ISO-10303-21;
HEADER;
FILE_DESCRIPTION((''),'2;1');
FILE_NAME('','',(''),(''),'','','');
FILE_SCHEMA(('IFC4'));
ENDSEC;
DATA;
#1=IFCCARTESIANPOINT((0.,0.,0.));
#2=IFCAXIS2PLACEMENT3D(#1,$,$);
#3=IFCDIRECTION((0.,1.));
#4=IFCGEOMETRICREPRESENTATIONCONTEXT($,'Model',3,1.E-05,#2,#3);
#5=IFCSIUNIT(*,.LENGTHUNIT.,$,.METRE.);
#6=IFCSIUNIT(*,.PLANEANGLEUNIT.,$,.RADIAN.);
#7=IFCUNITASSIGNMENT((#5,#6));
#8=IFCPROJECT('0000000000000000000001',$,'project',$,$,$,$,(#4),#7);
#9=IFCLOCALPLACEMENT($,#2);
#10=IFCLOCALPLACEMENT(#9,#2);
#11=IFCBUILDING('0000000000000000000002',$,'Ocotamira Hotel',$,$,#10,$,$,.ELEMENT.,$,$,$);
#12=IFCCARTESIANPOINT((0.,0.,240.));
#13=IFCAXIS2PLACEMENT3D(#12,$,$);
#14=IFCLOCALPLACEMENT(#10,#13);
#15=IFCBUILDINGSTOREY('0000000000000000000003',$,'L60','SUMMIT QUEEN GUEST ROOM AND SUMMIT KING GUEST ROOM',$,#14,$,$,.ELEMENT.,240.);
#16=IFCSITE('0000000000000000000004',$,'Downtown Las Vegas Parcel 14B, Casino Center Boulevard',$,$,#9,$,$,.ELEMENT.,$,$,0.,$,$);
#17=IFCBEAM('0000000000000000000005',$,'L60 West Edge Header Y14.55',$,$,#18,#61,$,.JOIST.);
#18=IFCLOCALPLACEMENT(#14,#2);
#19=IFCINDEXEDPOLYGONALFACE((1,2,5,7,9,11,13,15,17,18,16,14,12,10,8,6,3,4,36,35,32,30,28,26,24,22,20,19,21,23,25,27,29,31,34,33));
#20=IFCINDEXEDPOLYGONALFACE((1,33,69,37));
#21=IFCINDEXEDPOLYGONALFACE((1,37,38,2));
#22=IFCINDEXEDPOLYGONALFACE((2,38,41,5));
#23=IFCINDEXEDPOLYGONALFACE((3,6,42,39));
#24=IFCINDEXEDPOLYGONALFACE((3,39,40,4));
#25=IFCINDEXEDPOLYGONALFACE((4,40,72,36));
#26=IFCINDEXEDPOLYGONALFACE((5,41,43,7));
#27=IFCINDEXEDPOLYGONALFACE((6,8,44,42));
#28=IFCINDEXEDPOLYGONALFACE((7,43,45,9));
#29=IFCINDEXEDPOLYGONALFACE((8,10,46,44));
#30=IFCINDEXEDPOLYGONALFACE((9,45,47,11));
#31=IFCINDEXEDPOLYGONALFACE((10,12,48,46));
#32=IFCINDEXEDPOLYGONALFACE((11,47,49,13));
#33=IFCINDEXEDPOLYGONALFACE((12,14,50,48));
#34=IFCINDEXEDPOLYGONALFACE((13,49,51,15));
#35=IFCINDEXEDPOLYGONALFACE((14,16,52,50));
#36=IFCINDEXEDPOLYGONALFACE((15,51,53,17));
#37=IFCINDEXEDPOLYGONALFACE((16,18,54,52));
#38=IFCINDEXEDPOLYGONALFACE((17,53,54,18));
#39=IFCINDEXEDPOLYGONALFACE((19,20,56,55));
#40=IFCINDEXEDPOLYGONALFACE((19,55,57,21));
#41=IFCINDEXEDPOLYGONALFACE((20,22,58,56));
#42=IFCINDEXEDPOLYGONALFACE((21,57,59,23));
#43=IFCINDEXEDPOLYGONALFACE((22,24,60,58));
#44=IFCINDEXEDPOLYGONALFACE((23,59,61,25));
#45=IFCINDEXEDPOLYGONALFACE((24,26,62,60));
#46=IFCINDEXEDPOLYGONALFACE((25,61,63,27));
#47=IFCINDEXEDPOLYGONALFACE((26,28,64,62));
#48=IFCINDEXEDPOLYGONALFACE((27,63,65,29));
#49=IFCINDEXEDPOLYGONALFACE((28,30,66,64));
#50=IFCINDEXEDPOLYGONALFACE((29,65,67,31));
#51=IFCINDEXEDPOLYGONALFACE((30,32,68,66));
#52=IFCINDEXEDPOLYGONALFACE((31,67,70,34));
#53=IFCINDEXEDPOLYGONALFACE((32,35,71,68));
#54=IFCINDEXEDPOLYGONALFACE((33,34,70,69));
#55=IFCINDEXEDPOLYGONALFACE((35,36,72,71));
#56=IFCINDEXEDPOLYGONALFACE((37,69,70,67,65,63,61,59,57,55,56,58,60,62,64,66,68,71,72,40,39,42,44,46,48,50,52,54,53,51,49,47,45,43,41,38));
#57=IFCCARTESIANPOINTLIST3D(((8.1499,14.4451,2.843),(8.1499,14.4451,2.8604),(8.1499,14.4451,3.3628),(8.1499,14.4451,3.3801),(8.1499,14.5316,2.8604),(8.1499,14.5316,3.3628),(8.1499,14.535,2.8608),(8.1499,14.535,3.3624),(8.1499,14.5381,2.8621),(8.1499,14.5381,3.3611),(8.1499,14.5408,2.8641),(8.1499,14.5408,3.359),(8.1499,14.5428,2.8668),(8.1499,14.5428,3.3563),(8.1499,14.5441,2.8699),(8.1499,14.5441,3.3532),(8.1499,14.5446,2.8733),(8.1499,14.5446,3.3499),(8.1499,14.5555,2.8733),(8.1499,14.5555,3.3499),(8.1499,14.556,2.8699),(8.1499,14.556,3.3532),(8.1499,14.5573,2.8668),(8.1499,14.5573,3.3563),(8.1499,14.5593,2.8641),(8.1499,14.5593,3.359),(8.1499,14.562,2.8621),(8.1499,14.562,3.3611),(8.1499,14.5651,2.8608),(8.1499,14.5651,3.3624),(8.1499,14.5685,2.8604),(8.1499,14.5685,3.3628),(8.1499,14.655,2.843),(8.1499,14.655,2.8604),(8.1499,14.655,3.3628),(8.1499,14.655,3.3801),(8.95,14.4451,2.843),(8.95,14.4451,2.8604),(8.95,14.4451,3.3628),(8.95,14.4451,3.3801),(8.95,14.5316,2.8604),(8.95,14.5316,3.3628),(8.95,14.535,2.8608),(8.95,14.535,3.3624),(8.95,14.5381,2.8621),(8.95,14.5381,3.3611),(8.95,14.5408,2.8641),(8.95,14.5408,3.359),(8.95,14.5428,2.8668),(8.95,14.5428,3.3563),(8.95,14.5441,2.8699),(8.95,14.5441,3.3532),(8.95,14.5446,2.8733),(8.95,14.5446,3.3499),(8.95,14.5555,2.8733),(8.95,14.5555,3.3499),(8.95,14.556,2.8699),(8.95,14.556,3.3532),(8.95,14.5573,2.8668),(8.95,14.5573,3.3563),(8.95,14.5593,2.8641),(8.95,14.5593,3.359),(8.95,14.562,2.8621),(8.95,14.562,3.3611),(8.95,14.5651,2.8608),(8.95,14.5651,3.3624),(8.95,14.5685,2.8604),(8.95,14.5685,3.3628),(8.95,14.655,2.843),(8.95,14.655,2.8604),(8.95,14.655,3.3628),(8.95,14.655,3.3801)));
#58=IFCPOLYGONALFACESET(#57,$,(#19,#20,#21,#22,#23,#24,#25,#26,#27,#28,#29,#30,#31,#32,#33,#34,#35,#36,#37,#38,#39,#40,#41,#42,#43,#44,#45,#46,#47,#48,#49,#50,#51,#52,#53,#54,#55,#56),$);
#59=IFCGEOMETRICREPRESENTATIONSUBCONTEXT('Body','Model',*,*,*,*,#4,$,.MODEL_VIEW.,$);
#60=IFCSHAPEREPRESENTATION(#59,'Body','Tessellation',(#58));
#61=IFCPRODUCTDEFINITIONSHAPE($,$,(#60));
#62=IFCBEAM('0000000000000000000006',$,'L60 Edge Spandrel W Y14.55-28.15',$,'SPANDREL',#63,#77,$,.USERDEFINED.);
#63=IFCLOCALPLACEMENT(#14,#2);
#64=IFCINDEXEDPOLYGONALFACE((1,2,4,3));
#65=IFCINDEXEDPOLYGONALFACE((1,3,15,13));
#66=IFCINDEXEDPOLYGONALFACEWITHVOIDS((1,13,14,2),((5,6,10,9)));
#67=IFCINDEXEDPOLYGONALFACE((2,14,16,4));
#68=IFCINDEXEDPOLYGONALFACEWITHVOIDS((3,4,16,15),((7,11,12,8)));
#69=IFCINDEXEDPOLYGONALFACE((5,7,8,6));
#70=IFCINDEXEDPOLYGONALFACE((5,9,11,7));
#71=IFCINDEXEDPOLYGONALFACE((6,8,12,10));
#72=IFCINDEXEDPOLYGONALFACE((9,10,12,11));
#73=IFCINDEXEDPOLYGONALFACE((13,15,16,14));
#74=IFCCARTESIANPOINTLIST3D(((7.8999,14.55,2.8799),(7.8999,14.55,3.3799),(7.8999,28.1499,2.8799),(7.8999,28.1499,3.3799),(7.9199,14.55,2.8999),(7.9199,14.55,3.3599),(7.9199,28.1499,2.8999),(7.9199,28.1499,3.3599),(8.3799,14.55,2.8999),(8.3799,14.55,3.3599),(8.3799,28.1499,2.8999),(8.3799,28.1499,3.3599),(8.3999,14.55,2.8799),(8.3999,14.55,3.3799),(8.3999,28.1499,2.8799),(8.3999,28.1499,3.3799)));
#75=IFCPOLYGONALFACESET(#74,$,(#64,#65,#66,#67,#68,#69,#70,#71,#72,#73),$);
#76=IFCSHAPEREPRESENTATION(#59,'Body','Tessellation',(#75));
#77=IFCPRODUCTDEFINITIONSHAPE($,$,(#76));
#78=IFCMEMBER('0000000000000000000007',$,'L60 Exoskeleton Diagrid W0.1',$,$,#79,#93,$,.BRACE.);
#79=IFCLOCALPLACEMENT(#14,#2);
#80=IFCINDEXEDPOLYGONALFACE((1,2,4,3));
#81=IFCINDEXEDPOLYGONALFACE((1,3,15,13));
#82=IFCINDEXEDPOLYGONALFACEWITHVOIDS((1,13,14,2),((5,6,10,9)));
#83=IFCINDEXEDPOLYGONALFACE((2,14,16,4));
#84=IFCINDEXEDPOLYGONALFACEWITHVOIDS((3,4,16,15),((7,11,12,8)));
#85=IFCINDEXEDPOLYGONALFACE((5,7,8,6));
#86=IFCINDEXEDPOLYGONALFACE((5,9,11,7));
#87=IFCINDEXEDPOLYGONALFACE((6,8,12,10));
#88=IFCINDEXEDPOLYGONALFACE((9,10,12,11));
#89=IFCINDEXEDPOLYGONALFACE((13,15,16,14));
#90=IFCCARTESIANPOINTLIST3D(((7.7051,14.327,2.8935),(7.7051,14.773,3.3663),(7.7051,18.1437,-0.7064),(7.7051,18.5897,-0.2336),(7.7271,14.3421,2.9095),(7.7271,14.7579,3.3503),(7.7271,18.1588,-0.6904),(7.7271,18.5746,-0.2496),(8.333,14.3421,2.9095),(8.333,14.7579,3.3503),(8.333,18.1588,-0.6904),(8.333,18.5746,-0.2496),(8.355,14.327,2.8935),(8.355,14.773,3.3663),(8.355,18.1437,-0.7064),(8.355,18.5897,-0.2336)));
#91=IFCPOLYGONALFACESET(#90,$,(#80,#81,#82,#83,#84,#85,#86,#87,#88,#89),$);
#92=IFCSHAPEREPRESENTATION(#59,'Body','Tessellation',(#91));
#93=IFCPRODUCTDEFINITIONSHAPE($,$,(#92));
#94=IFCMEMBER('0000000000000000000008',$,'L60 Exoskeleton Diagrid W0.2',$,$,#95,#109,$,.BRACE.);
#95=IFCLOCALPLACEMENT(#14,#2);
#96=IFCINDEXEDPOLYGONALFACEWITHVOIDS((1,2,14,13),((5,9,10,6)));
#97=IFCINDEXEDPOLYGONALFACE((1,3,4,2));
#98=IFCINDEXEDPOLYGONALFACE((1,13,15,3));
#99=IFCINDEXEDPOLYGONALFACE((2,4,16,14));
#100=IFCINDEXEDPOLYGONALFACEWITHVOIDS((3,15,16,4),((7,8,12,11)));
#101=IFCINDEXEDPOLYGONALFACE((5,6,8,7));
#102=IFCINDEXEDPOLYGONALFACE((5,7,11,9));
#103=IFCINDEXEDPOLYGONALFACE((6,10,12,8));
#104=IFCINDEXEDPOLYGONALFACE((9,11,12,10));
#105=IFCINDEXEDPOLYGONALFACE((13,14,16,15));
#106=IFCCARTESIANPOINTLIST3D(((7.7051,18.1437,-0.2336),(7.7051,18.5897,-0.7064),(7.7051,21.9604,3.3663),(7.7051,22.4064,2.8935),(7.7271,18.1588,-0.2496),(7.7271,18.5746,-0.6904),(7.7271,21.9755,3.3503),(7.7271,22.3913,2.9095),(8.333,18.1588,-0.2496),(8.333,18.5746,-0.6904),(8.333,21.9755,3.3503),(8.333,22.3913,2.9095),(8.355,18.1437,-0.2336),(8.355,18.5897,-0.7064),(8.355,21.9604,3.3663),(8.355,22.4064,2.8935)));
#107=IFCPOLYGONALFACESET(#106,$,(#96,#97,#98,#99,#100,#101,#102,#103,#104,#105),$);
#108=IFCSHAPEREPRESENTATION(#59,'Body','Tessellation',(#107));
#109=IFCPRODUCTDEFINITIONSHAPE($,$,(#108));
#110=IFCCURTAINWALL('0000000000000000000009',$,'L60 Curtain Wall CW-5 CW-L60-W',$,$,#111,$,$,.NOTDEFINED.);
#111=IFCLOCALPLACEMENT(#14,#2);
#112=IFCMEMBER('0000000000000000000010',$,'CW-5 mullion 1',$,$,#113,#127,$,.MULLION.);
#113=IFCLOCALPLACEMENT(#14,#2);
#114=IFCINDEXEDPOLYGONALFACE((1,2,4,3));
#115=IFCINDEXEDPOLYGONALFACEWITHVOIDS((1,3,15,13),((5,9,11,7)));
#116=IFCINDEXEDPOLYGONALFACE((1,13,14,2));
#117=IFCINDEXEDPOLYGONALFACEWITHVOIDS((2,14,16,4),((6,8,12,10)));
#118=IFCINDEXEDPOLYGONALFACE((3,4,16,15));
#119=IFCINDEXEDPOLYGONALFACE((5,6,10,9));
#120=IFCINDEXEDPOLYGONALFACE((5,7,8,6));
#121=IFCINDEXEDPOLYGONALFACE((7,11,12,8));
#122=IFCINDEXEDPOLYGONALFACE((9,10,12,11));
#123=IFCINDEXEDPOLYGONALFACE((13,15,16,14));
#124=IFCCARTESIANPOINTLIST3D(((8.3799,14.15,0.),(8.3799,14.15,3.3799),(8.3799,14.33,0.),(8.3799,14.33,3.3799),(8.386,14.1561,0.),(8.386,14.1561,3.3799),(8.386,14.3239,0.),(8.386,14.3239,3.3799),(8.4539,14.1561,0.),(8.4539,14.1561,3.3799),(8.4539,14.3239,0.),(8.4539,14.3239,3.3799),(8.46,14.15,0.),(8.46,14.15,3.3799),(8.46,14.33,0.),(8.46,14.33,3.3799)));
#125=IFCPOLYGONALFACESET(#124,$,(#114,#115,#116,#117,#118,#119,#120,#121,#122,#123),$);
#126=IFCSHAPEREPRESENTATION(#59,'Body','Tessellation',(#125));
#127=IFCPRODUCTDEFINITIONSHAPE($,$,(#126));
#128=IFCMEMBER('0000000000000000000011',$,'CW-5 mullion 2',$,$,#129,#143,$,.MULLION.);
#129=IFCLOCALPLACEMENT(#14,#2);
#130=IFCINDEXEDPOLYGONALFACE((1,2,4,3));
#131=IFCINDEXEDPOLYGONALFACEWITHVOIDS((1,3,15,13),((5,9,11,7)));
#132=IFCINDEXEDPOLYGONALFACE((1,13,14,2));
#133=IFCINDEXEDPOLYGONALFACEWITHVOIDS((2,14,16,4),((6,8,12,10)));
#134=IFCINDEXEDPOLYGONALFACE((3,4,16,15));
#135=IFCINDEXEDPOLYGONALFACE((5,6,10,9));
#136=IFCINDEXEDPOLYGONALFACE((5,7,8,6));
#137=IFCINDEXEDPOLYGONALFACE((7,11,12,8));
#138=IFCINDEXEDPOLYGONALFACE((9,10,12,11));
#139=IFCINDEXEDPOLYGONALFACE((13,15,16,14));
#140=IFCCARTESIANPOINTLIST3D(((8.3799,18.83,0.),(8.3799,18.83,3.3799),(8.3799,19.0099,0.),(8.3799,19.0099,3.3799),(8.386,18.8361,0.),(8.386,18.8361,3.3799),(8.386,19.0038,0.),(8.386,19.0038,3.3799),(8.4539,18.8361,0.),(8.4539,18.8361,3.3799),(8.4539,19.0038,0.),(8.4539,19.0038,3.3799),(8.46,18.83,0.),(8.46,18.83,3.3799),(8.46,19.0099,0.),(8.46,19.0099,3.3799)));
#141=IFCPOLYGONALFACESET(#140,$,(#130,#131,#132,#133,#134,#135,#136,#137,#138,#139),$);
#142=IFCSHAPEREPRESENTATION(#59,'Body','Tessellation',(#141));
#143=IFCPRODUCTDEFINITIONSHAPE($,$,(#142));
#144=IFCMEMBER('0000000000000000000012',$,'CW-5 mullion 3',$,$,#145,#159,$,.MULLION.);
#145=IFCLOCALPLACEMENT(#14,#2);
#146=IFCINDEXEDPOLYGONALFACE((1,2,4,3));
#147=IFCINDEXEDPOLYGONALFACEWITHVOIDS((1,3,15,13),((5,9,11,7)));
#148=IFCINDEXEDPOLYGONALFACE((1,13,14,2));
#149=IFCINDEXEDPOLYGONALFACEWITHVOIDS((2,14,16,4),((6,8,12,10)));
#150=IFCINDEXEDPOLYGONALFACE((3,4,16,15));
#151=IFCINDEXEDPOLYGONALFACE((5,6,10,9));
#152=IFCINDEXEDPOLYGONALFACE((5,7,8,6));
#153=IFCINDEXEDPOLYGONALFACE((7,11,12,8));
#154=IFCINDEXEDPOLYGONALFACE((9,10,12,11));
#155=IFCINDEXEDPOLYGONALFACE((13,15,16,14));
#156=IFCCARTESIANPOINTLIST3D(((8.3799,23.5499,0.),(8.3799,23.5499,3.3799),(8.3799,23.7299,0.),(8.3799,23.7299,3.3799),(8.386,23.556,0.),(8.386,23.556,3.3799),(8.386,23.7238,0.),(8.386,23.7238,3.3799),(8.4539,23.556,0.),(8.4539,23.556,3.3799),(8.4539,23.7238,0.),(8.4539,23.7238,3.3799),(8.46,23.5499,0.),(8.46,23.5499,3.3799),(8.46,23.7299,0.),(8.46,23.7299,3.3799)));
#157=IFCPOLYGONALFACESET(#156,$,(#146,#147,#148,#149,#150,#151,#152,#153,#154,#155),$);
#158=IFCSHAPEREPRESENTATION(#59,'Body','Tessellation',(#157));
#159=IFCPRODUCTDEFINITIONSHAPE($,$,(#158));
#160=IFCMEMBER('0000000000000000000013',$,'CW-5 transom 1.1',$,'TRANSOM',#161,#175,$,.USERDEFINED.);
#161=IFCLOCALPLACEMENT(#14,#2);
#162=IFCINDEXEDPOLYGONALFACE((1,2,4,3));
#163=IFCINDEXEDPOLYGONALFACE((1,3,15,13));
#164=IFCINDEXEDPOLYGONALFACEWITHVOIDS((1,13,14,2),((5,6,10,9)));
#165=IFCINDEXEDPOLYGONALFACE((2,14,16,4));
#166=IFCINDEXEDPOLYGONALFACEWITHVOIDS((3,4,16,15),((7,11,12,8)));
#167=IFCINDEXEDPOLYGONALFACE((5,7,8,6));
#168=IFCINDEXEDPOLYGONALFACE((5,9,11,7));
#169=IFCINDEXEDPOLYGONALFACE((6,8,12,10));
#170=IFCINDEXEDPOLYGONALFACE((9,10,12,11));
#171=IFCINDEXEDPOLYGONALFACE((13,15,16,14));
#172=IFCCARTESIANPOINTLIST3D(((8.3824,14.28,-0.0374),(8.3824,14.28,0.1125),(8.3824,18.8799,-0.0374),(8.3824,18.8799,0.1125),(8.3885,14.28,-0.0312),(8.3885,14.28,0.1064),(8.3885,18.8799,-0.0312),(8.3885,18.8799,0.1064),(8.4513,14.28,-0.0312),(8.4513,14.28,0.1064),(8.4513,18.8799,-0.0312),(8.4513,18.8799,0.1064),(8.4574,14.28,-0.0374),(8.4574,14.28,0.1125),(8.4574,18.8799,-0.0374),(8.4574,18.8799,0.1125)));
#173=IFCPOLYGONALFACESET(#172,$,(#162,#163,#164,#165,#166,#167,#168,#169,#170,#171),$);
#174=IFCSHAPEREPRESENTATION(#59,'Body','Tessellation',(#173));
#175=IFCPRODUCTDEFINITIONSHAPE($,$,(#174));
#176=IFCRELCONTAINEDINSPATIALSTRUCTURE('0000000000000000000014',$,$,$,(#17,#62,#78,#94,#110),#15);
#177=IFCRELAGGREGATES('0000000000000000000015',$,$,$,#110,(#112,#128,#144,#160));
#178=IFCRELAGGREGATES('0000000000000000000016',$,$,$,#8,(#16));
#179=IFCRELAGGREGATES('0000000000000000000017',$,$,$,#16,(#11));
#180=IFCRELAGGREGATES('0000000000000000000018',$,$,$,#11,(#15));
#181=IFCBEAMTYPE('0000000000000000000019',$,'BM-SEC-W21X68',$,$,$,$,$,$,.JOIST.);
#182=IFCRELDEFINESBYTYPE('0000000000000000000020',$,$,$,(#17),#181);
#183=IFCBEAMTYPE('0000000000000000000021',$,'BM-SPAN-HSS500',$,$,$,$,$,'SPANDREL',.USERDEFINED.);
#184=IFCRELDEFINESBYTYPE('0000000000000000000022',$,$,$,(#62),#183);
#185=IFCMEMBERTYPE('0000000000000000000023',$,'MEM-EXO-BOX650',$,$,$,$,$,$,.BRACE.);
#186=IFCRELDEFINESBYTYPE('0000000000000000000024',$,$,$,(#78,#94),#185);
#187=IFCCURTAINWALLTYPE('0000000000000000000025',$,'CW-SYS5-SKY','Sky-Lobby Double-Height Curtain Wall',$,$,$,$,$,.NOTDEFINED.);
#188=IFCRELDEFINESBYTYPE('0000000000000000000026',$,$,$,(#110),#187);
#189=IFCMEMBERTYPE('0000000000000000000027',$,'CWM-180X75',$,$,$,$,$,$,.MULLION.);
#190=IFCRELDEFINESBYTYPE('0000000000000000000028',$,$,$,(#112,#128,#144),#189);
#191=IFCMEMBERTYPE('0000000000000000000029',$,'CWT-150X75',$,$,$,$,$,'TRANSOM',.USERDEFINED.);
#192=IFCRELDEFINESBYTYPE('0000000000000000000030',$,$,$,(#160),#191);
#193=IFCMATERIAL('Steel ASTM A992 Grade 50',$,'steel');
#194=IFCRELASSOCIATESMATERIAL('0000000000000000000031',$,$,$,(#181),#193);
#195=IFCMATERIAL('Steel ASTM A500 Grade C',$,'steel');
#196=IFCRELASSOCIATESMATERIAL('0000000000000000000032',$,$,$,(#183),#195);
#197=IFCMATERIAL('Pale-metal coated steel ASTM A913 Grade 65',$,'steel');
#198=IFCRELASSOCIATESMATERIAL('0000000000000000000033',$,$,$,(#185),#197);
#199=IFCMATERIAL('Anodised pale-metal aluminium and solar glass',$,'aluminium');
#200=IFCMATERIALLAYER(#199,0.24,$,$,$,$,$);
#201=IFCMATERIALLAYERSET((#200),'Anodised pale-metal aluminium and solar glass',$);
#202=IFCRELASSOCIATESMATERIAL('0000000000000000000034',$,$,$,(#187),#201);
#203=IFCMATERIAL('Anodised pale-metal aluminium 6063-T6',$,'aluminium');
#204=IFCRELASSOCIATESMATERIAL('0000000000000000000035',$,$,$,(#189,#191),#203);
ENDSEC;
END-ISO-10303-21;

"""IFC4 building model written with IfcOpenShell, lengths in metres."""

from ifc_helpers import new_model, si_unit, direction, frame, origin, origin_2d, place, context, subcontext, project, spatial, hollow_rectangle, i_section, extrude, source, transform, mapped, material, layer, layer_set, material_profile, profile_set, type_object, element, aggregate, save


model = new_model("IFC4")

# Units and contexts
model_context = context("Model", 3, precision=1e-05, world=origin(), true_north=direction((0.0, 1.0)))
body_context = subcontext(model_context, "Body", "Model", "MODEL_VIEW")
ifc_project = project(units=[si_unit("LENGTHUNIT", "METRE"), si_unit("PLANEANGLEUNIT", "RADIAN")], contexts=[model_context])

# Site, building, storey
site_placement = place(None, origin())
site = spatial("IfcSite", under=ifc_project, at=site_placement, Name="Downtown Las Vegas Parcel 14B, Casino Center Boulevard", CompositionType="ELEMENT", RefElevation=0.0)
building_placement = place(site_placement, origin())
building = spatial("IfcBuilding", under=site, at=building_placement, Name="Ocotamira Hotel", CompositionType="ELEMENT")
storey_placement = place(building_placement, frame((0.0, 0.0, 240.0)))
storey = spatial("IfcBuildingStorey", under=building, at=storey_placement, Name="L60", Description="SUMMIT QUEEN GUEST ROOM AND SUMMIT KING GUEST ROOM", CompositionType="ELEMENT", Elevation=240.0)

# Beams
ifc_material_1 = material(Name="Steel ASTM A992 Grade 50", Category="steel")
ifc_material_profile_1 = material_profile(ifc_material_1, i_section(OverallWidth=0.21, OverallDepth=0.5371, WebThickness=0.011, FlangeThickness=0.0173, FilletRadius=0.0129, at=origin_2d()), Name="W21X68")
ifc_profile_set_1 = profile_set([ifc_material_profile_1], Name="Steel ASTM A992 Grade 50")
beam_type_1 = type_object("IfcBeamType", Name="BM-SEC-W21X68", PredefinedType="JOIST", material=ifc_profile_set_1)
shared_shape_1 = source(origin(), body_context, "Body", "SweptSolid", [
    extrude(i_section(OverallWidth=0.21, OverallDepth=0.5371, WebThickness=0.011, FlangeThickness=0.0173, FilletRadius=0.0129, at=origin_2d()), origin(), (0.0, 0.0, 1.0), 0.8),
])
beam_1_placement = place(storey_placement, frame((8.95, 14.55, 3.1116), z_axis=(-1.0, 0.0, 0.0), x_axis=(0.0, -1.0, 0.0)))
element("IfcBeam", 1, at=beam_1_placement, inside=storey, type_object=beam_type_1, Name="L60 West Edge Header Y14.55", PredefinedType="JOIST", context=body_context, shape_type="MappedRepresentation", body=[
    mapped(shared_shape_1, transform((0.0, 0.0, 0.0), scale=1.0)),
])
ifc_material_2 = material(Name="Steel ASTM A500 Grade C", Category="steel")
ifc_material_profile_2 = material_profile(ifc_material_2, hollow_rectangle(XDim=0.5, YDim=0.5, WallThickness=0.02, at=origin_2d()), Name="HSS500X500X20")
ifc_profile_set_2 = profile_set([ifc_material_profile_2], Name="Steel ASTM A500 Grade C")
beam_type_2 = type_object("IfcBeamType", Name="BM-SPAN-HSS500", ElementType="SPANDREL", PredefinedType="USERDEFINED", material=ifc_profile_set_2)
shared_shape_2 = source(origin(), body_context, "Body", "SweptSolid", [
    extrude(hollow_rectangle(XDim=0.5, YDim=0.5, WallThickness=0.02, at=origin_2d()), origin(), (0.0, 0.0, 1.0), 13.5999),
])
beam_2_placement = place(storey_placement, frame((8.1499, 14.55, 3.1299), z_axis=(0.0, 1.0, 0.0), x_axis=(-1.0, 0.0, 0.0)))
element("IfcBeam", 2, at=beam_2_placement, inside=storey, type_object=beam_type_2, Name="L60 Edge Spandrel W Y14.55-28.15", ObjectType="SPANDREL", PredefinedType="USERDEFINED", context=body_context, shape_type="MappedRepresentation", body=[
    mapped(shared_shape_2, transform((0.0, 0.0, 0.0), scale=1.0)),
])

# Members
ifc_material_3 = material(Name="Pale-metal coated steel ASTM A913 Grade 65", Category="steel")
ifc_material_profile_3 = material_profile(ifc_material_3, hollow_rectangle(XDim=0.6499, YDim=0.6499, WallThickness=0.022, at=origin_2d()), Name="BOX650X650X22")
ifc_profile_set_3 = profile_set([ifc_material_profile_3], Name="Pale-metal coated steel ASTM A913 Grade 65")
member_type_1 = type_object("IfcMemberType", Name="MEM-EXO-BOX650", PredefinedType="BRACE", material=ifc_profile_set_3)
shared_shape_3 = source(origin(), body_context, "Body", "SweptSolid", [
    extrude(hollow_rectangle(XDim=0.6499, YDim=0.6499, WallThickness=0.022, at=origin_2d()), origin(), (0.0, 0.0, 1.0), 5.2466),
])
for number, where, z_axis, x_axis, name in (
    (3, (8.03, 18.3667, -0.47), (0.0, -0.727466, 0.686144), (1.0, 0.0, 0.0), "L60 Exoskeleton Diagrid W0.1"),
    (4, (8.03, 18.3667, -0.47), (0.0, 0.727466, 0.686144), (-1.0, 0.0, 0.0), "L60 Exoskeleton Diagrid W0.2"),
):
    element("IfcMember", number, at=place(storey_placement, frame(where, z_axis=z_axis, x_axis=x_axis)), inside=storey, type_object=member_type_1, Name=name, PredefinedType="BRACE", context=body_context, shape_type="MappedRepresentation", body=[
        mapped(shared_shape_3, transform((0.0, 0.0, 0.0), scale=1.0)),
    ])

# Curtain wall, members
ifc_material_4 = material(Name="Anodised pale-metal aluminium and solar glass", Category="aluminium")
ifc_layer_1 = layer(ifc_material_4, 0.24)
ifc_layer_set_1 = layer_set([ifc_layer_1], Name="Anodised pale-metal aluminium and solar glass")
curtain_wall_type = type_object("IfcCurtainWallType", Name="CW-SYS5-SKY", Description="Sky-Lobby Double-Height Curtain Wall", PredefinedType="NOTDEFINED", material=ifc_layer_set_1)
curtain_wall_placement = place(storey_placement, origin())
curtain_wall = element("IfcCurtainWall", 5, at=curtain_wall_placement, inside=storey, type_object=curtain_wall_type, Name="L60 Curtain Wall CW-5 CW-L60-W", PredefinedType="NOTDEFINED")
ifc_material_5 = material(Name="Anodised pale-metal aluminium 6063-T6", Category="aluminium")
ifc_material_profile_4 = material_profile(ifc_material_5, hollow_rectangle(XDim=0.0801, YDim=0.1799, WallThickness=0.0061, at=origin_2d()), Name="HSS180X80X6")
ifc_profile_set_4 = profile_set([ifc_material_profile_4], Name="Anodised pale-metal aluminium 6063-T6")
member_type_2 = type_object("IfcMemberType", Name="CWM-180X75", PredefinedType="MULLION", material=ifc_profile_set_4)
shared_shape_4 = source(origin(), body_context, "Body", "SweptSolid", [
    extrude(hollow_rectangle(XDim=0.0801, YDim=0.1799, WallThickness=0.0061, at=origin_2d()), origin(), (0.0, 0.0, 1.0), 3.3799),
])
member_1_placement = place(storey_placement, frame((8.4199, 14.24, 0.0), z_axis=(0.0, 0.0, 1.0), x_axis=(-1.0, 0.0, 0.0)))
member_1 = element("IfcMember", 6, at=member_1_placement, type_object=member_type_2, Name="CW-5 mullion 1", PredefinedType="MULLION", context=body_context, shape_type="MappedRepresentation", body=[
    mapped(shared_shape_4, transform((0.0, 0.0, 0.0), scale=1.0)),
])
member_2_placement = place(storey_placement, frame((8.4199, 18.9199, 0.0), z_axis=(0.0, 0.0, 1.0), x_axis=(-1.0, 0.0, 0.0)))
member_2 = element("IfcMember", 7, at=member_2_placement, type_object=member_type_2, Name="CW-5 mullion 2", PredefinedType="MULLION", context=body_context, shape_type="MappedRepresentation", body=[
    mapped(shared_shape_4, transform((0.0, 0.0, 0.0), scale=1.0)),
])
member_3_placement = place(storey_placement, frame((8.4199, 23.6399, 0.0), z_axis=(0.0, 0.0, 1.0), x_axis=(-1.0, 0.0, 0.0)))
member_3 = element("IfcMember", 8, at=member_3_placement, type_object=member_type_2, Name="CW-5 mullion 3", PredefinedType="MULLION", context=body_context, shape_type="MappedRepresentation", body=[
    mapped(shared_shape_4, transform((0.0, 0.0, 0.0), scale=1.0)),
])
ifc_material_profile_5 = material_profile(ifc_material_5, hollow_rectangle(XDim=0.075, YDim=0.1499, WallThickness=0.0061, at=origin_2d()), Name="HSS150X75X6")
ifc_profile_set_5 = profile_set([ifc_material_profile_5], Name="Anodised pale-metal aluminium 6063-T6")
member_type_3 = type_object("IfcMemberType", Name="CWT-150X75", ElementType="TRANSOM", PredefinedType="USERDEFINED", material=ifc_profile_set_5)
shared_shape_5 = source(origin(), body_context, "Body", "SweptSolid", [
    extrude(hollow_rectangle(XDim=0.075, YDim=0.1499, WallThickness=0.0061, at=origin_2d()), origin(), (0.0, 0.0, 1.0), 4.5999),
])
member_4_placement = place(storey_placement, frame((8.4199, 14.28, 0.0376), z_axis=(0.0, 1.0, 0.0), x_axis=(-1.0, 0.0, 0.0)))
member_4 = element("IfcMember", 9, at=member_4_placement, type_object=member_type_3, Name="CW-5 transom 1.1", ObjectType="TRANSOM", PredefinedType="USERDEFINED", context=body_context, shape_type="MappedRepresentation", body=[
    mapped(shared_shape_5, transform((0.0, 0.0, 0.0), scale=1.0)),
])

aggregate(curtain_wall, [member_1, member_2, member_3, member_4])

save(model, "model.ifc")
